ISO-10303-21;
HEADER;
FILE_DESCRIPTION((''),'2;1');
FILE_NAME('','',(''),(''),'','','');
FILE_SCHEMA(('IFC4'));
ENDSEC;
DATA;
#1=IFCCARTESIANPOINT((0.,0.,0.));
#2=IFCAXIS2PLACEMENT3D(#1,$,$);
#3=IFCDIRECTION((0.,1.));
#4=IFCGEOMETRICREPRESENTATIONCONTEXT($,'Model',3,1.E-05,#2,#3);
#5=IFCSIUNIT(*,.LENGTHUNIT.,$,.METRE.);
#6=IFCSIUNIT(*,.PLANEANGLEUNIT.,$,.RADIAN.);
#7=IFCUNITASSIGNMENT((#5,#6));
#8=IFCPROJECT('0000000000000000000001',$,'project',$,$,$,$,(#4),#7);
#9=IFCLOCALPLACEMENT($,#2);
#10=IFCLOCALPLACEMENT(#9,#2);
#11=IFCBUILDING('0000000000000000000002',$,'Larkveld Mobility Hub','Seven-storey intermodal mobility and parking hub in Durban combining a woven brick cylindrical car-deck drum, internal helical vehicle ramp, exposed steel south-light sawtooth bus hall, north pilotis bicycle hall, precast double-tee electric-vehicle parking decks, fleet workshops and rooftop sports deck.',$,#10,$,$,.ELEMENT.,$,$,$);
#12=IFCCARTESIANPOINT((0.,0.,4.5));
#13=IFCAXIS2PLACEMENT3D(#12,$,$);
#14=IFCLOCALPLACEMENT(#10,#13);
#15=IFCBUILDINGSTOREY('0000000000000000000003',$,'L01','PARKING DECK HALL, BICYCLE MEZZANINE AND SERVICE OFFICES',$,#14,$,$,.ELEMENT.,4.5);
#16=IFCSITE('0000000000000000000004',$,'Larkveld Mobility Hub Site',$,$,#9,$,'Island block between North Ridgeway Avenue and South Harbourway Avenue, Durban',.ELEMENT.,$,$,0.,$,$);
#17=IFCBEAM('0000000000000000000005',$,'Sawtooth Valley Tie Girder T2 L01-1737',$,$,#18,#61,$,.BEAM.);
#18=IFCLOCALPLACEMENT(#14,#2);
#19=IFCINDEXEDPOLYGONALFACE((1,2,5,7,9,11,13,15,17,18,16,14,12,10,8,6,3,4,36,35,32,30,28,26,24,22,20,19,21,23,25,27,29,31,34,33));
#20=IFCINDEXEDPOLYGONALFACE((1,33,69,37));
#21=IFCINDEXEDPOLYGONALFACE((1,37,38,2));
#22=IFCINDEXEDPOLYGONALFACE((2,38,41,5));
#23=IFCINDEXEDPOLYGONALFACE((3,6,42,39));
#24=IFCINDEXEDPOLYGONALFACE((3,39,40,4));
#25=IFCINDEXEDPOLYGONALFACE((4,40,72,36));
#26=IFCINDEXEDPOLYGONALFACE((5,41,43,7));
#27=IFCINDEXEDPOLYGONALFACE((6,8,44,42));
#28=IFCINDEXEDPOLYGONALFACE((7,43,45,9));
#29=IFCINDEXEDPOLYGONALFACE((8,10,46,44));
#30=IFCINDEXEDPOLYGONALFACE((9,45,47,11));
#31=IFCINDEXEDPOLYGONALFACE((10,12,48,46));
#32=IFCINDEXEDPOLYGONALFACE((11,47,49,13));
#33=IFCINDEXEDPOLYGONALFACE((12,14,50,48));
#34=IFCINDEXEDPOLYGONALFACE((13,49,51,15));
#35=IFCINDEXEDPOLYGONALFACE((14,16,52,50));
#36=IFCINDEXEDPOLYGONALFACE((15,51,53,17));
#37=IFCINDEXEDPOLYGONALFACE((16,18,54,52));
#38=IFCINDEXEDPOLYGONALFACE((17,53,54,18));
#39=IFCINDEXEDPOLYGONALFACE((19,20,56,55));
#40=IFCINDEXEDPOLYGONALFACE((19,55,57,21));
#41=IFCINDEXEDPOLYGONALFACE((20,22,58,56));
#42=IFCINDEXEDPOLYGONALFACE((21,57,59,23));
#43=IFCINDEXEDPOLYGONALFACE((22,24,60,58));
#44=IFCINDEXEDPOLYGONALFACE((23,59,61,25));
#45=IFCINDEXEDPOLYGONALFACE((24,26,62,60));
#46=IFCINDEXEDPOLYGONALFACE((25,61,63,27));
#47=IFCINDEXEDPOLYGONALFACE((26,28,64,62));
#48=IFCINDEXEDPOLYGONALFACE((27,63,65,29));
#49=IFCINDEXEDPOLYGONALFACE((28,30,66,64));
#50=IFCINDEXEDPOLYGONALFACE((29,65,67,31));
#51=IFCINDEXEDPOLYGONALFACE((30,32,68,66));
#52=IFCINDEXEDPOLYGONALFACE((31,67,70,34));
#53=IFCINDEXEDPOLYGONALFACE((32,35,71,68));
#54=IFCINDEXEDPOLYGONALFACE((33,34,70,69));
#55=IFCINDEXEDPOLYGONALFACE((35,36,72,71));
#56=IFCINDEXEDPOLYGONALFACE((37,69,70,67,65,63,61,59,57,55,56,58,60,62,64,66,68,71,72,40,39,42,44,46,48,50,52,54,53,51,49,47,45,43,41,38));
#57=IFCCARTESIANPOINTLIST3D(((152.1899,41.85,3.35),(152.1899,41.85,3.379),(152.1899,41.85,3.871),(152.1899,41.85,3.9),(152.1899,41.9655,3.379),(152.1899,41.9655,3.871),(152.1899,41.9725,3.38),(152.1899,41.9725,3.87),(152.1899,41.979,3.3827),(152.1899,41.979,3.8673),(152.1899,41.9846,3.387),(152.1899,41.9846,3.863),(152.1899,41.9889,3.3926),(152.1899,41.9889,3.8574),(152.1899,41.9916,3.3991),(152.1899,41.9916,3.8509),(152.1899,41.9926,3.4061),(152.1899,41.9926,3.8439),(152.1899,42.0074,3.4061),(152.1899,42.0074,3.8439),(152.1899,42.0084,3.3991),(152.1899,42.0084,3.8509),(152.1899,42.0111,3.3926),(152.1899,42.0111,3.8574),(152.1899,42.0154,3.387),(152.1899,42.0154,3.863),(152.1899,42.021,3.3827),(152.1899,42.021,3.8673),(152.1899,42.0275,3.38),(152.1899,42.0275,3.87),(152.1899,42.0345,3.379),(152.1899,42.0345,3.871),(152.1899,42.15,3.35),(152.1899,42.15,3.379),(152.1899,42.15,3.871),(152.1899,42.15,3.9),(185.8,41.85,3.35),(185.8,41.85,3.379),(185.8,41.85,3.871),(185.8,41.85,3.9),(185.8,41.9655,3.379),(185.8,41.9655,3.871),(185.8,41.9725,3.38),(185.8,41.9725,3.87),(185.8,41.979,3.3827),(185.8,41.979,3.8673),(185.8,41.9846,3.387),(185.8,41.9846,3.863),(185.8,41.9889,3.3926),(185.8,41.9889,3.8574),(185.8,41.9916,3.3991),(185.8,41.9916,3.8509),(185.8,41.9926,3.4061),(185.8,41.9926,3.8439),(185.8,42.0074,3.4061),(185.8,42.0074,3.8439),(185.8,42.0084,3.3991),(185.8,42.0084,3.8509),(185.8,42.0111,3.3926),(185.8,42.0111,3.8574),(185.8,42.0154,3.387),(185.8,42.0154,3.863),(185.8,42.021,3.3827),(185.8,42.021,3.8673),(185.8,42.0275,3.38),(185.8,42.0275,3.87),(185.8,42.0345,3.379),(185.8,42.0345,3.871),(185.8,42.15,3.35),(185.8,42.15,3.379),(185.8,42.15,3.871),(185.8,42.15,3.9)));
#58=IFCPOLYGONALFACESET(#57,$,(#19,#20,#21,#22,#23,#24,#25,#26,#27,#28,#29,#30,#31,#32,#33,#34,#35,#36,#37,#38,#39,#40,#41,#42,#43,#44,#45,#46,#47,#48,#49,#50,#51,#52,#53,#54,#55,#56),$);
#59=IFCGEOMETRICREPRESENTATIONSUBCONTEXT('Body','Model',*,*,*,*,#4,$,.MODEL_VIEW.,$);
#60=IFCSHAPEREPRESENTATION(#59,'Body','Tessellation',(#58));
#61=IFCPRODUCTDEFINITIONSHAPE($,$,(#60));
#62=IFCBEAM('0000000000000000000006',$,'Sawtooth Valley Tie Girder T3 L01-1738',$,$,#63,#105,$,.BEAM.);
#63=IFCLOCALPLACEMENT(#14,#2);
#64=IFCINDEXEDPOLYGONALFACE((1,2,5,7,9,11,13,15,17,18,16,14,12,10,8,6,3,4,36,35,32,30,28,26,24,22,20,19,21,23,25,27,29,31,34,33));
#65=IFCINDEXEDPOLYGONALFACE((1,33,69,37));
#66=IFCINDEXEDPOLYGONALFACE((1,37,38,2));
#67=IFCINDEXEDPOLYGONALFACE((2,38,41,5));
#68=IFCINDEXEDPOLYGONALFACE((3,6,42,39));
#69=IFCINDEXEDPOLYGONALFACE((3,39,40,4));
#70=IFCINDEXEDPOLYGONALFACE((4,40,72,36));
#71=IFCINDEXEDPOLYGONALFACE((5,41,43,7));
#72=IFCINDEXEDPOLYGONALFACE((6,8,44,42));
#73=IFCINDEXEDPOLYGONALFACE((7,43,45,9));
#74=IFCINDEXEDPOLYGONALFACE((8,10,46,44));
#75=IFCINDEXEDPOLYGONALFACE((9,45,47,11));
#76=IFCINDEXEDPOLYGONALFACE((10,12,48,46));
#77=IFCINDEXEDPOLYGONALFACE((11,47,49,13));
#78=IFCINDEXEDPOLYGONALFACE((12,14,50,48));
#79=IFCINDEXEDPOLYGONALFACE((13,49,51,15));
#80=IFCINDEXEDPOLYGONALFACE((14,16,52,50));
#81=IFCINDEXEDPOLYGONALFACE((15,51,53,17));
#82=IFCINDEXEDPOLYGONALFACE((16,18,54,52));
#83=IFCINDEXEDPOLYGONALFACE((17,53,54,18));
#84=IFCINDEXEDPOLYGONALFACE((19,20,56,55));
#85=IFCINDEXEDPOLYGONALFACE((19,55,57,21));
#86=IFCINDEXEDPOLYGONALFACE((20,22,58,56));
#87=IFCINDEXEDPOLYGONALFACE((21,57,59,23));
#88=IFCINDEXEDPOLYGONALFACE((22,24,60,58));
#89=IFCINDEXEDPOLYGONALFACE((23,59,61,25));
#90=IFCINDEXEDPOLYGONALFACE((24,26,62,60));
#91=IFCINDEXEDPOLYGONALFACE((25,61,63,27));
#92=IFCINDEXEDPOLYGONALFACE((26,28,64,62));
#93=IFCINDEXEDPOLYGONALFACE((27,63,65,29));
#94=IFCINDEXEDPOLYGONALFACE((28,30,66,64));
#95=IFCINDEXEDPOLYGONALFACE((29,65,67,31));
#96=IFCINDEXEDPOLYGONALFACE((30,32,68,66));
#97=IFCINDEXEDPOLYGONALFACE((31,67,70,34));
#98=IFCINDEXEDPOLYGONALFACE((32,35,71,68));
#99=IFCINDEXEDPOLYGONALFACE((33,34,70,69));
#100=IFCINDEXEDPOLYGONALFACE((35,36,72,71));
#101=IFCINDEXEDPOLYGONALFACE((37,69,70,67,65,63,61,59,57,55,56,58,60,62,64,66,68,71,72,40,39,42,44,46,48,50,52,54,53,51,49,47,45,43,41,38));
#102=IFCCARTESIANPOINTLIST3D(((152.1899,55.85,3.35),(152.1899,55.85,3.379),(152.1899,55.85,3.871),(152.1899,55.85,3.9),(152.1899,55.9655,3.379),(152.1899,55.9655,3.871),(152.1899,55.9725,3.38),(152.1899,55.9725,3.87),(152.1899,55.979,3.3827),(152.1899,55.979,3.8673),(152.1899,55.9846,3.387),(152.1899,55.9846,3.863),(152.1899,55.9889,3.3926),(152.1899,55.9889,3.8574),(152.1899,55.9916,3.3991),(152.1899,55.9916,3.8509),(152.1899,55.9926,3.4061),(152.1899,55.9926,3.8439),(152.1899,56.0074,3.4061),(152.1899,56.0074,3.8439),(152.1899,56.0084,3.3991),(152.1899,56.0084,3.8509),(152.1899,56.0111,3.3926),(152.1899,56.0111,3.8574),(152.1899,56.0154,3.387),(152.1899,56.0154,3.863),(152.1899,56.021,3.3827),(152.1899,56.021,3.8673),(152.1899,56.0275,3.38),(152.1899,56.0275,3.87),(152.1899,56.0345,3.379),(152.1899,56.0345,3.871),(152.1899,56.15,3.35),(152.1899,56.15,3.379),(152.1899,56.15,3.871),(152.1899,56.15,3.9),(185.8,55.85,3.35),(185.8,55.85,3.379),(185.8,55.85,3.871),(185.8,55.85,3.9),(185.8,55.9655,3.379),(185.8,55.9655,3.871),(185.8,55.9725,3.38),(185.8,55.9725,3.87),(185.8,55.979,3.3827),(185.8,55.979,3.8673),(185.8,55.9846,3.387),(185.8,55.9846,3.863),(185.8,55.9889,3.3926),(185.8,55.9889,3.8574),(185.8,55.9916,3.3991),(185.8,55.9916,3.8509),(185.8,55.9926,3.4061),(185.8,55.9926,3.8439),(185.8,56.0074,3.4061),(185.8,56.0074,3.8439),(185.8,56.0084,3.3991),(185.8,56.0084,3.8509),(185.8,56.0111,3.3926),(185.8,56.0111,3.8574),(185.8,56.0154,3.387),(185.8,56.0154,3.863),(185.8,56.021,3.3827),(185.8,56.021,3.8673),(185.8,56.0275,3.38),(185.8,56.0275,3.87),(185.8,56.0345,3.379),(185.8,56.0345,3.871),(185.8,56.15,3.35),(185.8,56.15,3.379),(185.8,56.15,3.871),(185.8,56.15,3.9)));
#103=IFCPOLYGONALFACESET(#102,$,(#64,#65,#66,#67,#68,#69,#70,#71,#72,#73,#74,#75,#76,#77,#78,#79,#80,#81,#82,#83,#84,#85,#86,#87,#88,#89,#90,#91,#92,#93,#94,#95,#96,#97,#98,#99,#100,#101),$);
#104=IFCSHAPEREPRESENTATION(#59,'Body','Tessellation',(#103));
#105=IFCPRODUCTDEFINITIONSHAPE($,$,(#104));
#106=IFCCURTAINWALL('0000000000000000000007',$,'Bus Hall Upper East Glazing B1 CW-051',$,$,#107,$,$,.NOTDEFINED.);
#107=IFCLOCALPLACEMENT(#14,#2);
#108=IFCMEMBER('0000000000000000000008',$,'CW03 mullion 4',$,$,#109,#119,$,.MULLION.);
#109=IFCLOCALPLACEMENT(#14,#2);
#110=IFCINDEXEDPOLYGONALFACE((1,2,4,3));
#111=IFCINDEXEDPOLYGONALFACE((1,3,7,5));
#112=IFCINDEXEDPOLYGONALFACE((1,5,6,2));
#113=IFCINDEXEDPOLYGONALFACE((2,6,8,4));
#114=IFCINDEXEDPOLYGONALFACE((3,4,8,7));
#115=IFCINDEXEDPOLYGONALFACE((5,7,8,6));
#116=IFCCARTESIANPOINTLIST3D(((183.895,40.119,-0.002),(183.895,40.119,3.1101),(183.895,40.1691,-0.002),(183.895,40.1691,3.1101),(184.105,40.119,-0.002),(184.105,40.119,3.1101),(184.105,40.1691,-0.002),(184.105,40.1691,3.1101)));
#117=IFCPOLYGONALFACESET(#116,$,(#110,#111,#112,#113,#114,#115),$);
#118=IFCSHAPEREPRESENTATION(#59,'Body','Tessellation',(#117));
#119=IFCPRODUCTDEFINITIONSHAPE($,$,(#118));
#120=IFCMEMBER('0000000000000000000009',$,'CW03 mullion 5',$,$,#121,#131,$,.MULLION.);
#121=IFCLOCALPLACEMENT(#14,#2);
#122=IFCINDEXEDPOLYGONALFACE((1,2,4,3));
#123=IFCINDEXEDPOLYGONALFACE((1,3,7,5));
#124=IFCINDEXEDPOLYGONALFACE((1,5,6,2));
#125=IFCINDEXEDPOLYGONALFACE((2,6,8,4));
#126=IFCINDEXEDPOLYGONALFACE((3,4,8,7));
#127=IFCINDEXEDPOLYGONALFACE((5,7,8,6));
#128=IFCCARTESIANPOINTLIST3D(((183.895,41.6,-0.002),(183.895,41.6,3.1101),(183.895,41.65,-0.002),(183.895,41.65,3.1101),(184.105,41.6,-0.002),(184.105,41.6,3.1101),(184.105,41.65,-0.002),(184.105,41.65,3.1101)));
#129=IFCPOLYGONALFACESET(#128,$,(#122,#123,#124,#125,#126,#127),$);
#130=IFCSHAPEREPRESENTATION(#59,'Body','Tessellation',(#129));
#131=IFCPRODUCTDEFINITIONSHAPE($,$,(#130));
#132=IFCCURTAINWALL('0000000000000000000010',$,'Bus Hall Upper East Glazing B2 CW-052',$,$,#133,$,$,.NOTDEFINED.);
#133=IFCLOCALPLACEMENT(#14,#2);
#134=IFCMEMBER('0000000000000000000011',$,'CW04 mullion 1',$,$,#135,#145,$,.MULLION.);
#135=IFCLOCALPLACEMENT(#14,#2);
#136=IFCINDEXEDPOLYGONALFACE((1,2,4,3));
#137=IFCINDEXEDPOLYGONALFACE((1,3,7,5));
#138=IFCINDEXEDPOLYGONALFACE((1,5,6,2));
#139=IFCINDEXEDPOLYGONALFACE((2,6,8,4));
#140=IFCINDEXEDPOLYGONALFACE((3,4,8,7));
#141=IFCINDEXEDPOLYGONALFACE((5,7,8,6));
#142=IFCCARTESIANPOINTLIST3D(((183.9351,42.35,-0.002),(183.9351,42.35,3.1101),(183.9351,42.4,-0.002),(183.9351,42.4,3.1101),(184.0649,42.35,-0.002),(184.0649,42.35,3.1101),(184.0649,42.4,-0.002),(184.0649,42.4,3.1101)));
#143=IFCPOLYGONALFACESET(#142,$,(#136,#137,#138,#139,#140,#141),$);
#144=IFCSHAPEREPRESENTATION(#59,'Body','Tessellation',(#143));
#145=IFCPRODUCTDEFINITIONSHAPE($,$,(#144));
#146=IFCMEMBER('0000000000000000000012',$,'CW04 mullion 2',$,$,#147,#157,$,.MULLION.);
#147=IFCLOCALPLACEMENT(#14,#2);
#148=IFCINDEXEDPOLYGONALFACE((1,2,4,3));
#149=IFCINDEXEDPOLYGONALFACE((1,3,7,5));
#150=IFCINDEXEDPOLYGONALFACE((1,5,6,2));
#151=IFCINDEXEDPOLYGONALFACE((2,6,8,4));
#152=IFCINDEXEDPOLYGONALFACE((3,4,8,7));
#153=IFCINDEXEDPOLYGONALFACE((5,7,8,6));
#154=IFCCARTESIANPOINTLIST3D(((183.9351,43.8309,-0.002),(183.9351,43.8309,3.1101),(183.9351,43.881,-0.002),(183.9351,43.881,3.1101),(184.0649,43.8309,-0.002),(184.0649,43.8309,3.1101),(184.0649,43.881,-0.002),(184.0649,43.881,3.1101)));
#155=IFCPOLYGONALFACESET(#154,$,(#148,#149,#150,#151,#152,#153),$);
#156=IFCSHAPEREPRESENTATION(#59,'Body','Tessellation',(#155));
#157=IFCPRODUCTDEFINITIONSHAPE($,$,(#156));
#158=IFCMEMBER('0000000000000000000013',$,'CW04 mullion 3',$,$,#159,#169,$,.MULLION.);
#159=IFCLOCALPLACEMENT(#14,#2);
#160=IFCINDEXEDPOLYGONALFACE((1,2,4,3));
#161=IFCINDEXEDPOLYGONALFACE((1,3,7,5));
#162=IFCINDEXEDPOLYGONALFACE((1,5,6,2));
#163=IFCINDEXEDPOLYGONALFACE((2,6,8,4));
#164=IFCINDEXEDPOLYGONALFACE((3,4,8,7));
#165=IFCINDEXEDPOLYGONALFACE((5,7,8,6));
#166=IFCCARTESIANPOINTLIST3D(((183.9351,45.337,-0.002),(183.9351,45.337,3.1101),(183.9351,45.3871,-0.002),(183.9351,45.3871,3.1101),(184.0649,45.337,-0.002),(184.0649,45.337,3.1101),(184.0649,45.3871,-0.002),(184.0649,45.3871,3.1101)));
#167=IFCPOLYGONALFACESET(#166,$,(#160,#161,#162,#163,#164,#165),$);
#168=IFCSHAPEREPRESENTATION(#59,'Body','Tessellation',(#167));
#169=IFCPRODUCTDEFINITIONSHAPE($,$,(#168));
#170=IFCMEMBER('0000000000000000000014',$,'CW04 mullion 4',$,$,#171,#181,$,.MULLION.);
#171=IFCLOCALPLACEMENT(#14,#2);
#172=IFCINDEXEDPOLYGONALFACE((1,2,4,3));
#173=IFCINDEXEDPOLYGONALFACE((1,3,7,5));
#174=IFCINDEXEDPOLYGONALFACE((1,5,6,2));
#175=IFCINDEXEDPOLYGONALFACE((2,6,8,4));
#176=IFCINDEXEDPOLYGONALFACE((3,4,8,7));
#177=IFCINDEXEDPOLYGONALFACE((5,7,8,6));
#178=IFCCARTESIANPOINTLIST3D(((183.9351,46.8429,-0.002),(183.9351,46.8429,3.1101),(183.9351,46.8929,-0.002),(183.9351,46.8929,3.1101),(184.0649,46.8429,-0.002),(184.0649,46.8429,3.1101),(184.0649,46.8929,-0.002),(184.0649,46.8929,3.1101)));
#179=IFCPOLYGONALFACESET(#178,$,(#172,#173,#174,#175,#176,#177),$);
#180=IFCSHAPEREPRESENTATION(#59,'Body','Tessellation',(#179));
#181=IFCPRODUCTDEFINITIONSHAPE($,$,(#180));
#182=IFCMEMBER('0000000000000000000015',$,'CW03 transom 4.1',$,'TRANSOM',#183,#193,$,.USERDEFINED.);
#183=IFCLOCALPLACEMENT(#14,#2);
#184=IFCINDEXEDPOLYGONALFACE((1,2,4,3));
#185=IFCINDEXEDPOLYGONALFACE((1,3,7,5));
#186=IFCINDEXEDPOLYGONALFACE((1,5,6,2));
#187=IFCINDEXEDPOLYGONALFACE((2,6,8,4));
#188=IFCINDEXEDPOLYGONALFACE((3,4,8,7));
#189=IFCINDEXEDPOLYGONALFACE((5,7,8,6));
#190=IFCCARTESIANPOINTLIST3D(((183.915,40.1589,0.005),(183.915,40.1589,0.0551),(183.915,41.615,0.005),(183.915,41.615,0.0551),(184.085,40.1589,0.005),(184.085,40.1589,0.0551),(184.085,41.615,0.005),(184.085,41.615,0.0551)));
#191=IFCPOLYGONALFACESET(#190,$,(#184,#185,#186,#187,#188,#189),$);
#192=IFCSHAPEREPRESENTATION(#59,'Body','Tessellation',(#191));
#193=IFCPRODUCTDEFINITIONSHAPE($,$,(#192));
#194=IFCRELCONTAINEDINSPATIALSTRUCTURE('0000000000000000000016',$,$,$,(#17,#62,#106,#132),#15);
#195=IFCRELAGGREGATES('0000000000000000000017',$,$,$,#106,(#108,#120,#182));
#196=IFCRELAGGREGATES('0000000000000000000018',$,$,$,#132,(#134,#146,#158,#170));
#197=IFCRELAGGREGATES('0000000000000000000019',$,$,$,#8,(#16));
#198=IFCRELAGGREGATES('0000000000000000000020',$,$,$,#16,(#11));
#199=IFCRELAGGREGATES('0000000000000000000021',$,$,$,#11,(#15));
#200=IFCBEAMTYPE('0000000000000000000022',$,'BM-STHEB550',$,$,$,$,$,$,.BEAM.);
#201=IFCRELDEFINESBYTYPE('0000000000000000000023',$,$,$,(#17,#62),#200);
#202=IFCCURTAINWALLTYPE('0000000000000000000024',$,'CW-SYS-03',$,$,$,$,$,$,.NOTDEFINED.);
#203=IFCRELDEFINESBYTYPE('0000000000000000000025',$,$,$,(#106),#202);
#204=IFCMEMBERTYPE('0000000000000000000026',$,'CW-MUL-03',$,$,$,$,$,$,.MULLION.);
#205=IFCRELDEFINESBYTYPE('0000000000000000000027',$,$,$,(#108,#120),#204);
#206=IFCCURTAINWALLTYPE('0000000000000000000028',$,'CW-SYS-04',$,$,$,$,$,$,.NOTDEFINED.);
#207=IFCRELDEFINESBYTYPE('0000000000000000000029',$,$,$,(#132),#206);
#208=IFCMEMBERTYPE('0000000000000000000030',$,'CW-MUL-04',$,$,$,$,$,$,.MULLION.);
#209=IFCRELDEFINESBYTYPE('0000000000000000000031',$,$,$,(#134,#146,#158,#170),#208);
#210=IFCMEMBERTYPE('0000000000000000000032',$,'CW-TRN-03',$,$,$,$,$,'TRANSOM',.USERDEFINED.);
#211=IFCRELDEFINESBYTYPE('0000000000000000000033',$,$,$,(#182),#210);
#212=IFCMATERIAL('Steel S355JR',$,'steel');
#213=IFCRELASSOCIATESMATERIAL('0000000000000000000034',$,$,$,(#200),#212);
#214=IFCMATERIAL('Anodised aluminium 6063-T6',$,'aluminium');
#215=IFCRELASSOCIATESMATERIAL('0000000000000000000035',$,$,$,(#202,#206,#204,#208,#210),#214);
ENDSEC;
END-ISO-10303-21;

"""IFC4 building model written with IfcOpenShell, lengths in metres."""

from ifc_helpers import new_model, si_unit, direction, frame, origin, origin_2d, place, context, subcontext, project, spatial, rectangle, i_section, extrude, material, material_profile, profile_set, type_object, element, aggregate, save


model = new_model("IFC4")

# Units and contexts
model_context = context("Model", 3, precision=1e-05, world=origin(), true_north=direction((0.0, 1.0)))
body_context = subcontext(model_context, "Body", "Model", "MODEL_VIEW")
ifc_project = project(units=[si_unit("LENGTHUNIT", "METRE"), si_unit("PLANEANGLEUNIT", "RADIAN")], contexts=[model_context])

# Site, building, storey
site_placement = place(None, origin())
site = spatial("IfcSite", under=ifc_project, at=site_placement, Name="Larkveld Mobility Hub Site", LongName="Island block between North Ridgeway Avenue and South Harbourway Avenue, Durban", CompositionType="ELEMENT", RefElevation=0.0)
building_placement = place(site_placement, origin())
building = spatial("IfcBuilding", under=site, at=building_placement, Name="Larkveld Mobility Hub", Description="Seven-storey intermodal mobility and parking hub in Durban combining a woven brick cylindrical car-deck drum, internal helical vehicle ramp, exposed steel south-light sawtooth bus hall, north pilotis bicycle hall, precast double-tee electric-vehicle parking decks, fleet workshops and rooftop sports deck.", CompositionType="ELEMENT")
storey_placement = place(building_placement, frame((0.0, 0.0, 4.5)))
storey = spatial("IfcBuildingStorey", under=building, at=storey_placement, Name="L01", Description="PARKING DECK HALL, BICYCLE MEZZANINE AND SERVICE OFFICES", CompositionType="ELEMENT", Elevation=4.5)

# Shared definitions
ifc_material_1 = material(Name="Steel S355JR", Category="steel")

# Beams
ifc_material_profile_1 = material_profile(ifc_material_1, i_section(OverallWidth=0.3, OverallDepth=0.55, WebThickness=0.0149, FlangeThickness=0.0291, FilletRadius=0.0271, at=origin_2d()), Name="HEB 550")
ifc_profile_set_1 = profile_set([ifc_material_profile_1], Name="Steel S355JR")
beam_type = type_object("IfcBeamType", Name="BM-STHEB550", PredefinedType="BEAM", material=ifc_profile_set_1)
for number, where, z_axis, x_axis, name in (
    (1, (152.1899, 42.0, 3.625), (1.0, 0.0, 0.0), (0.0, 1.0, 0.0), "Sawtooth Valley Tie Girder T2 L01-1737"),
    (2, (152.1899, 56.0, 3.625), (1.0, 0.0, 0.0), (0.0, 1.0, 0.0), "Sawtooth Valley Tie Girder T3 L01-1738"),
):
    element("IfcBeam", number, at=place(storey_placement, frame(where, z_axis=z_axis, x_axis=x_axis)), inside=storey, type_object=beam_type, Name=name, PredefinedType="BEAM", context=body_context, shape_type="SweptSolid", body=[
        extrude(i_section(OverallWidth=0.3, OverallDepth=0.55, WebThickness=0.0149, FlangeThickness=0.0291, FilletRadius=0.0271, at=origin_2d()), origin(), (0.0, 0.0, 1.0), 33.6101),
    ])

# Curtain walls, members
ifc_material_2 = material(Name="Anodised aluminium 6063-T6", Category="aluminium")
curtain_wall_type_1 = type_object("IfcCurtainWallType", Name="CW-SYS-03", PredefinedType="NOTDEFINED", material=ifc_material_2)
curtain_wall_1_placement = place(storey_placement, origin())
curtain_wall_1 = element("IfcCurtainWall", 3, at=curtain_wall_1_placement, inside=storey, type_object=curtain_wall_type_1, Name="Bus Hall Upper East Glazing B1 CW-051", PredefinedType="NOTDEFINED")
ifc_material_profile_2 = material_profile(ifc_material_2, rectangle(XDim=0.05, YDim=0.21, at=origin_2d()), Name="ALU MULL 50x210")
ifc_profile_set_2 = profile_set([ifc_material_profile_2], Name="Anodised aluminium 6063-T6")
member_type_1 = type_object("IfcMemberType", Name="CW-MUL-03", PredefinedType="MULLION", material=ifc_profile_set_2)
member_1_placement = place(storey_placement, frame((184.0, 40.144, -0.002), z_axis=(0.0, 0.0, 1.0), x_axis=(0.0, 1.0, 0.0)))
member_1 = element("IfcMember", 4, at=member_1_placement, type_object=member_type_1, Name="CW03 mullion 4", PredefinedType="MULLION", context=body_context, shape_type="SweptSolid", body=[
    extrude(rectangle(XDim=0.05, YDim=0.21, at=origin_2d()), origin(), (0.0, 0.0, 1.0), 3.1121),
])
member_2_placement = place(storey_placement, frame((184.0, 41.625, -0.002), z_axis=(0.0, 0.0, 1.0), x_axis=(0.0, 1.0, 0.0)))
member_2 = element("IfcMember", 5, at=member_2_placement, type_object=member_type_1, Name="CW03 mullion 5", PredefinedType="MULLION", context=body_context, shape_type="SweptSolid", body=[
    extrude(rectangle(XDim=0.05, YDim=0.21, at=origin_2d()), origin(), (0.0, 0.0, 1.0), 3.1121),
])
curtain_wall_type_2 = type_object("IfcCurtainWallType", Name="CW-SYS-04", PredefinedType="NOTDEFINED", material=ifc_material_2)
curtain_wall_2_placement = place(storey_placement, origin())
curtain_wall_2 = element("IfcCurtainWall", 6, at=curtain_wall_2_placement, inside=storey, type_object=curtain_wall_type_2, Name="Bus Hall Upper East Glazing B2 CW-052", PredefinedType="NOTDEFINED")
ifc_material_profile_3 = material_profile(ifc_material_2, rectangle(XDim=0.05, YDim=0.1299, at=origin_2d()), Name="ALU MULL 50x130")
ifc_profile_set_3 = profile_set([ifc_material_profile_3], Name="Anodised aluminium 6063-T6")
member_type_2 = type_object("IfcMemberType", Name="CW-MUL-04", PredefinedType="MULLION", material=ifc_profile_set_3)
member_3_placement = place(storey_placement, frame((184.0, 42.375, -0.002), z_axis=(0.0, 0.0, 1.0), x_axis=(0.0, 1.0, 0.0)))
member_3 = element("IfcMember", 7, at=member_3_placement, type_object=member_type_2, Name="CW04 mullion 1", PredefinedType="MULLION", context=body_context, shape_type="SweptSolid", body=[
    extrude(rectangle(XDim=0.05, YDim=0.1299, at=origin_2d()), origin(), (0.0, 0.0, 1.0), 3.1121),
])
member_4_placement = place(storey_placement, frame((184.0, 43.856, -0.002), z_axis=(0.0, 0.0, 1.0), x_axis=(0.0, 1.0, 0.0)))
member_4 = element("IfcMember", 8, at=member_4_placement, type_object=member_type_2, Name="CW04 mullion 2", PredefinedType="MULLION", context=body_context, shape_type="SweptSolid", body=[
    extrude(rectangle(XDim=0.05, YDim=0.1299, at=origin_2d()), origin(), (0.0, 0.0, 1.0), 3.1121),
])
member_5_placement = place(storey_placement, frame((184.0, 45.3621, -0.002), z_axis=(0.0, 0.0, 1.0), x_axis=(0.0, 1.0, 0.0)))
member_5 = element("IfcMember", 9, at=member_5_placement, type_object=member_type_2, Name="CW04 mullion 3", PredefinedType="MULLION", context=body_context, shape_type="SweptSolid", body=[
    extrude(rectangle(XDim=0.05, YDim=0.1299, at=origin_2d()), origin(), (0.0, 0.0, 1.0), 3.1121),
])
member_6_placement = place(storey_placement, frame((184.0, 46.8679, -0.002), z_axis=(0.0, 0.0, 1.0), x_axis=(0.0, 1.0, 0.0)))
member_6 = element("IfcMember", 10, at=member_6_placement, type_object=member_type_2, Name="CW04 mullion 4", PredefinedType="MULLION", context=body_context, shape_type="SweptSolid", body=[
    extrude(rectangle(XDim=0.05, YDim=0.1299, at=origin_2d()), origin(), (0.0, 0.0, 1.0), 3.1121),
])

# Member
ifc_material_profile_4 = material_profile(ifc_material_2, rectangle(XDim=0.1699, YDim=0.05, at=origin_2d()), Name="ALU TRAN 50x170")
ifc_profile_set_4 = profile_set([ifc_material_profile_4], Name="Anodised aluminium 6063-T6")
member_type_3 = type_object("IfcMemberType", Name="CW-TRN-03", ElementType="TRANSOM", PredefinedType="USERDEFINED", material=ifc_profile_set_4)
member_7_placement = place(storey_placement, frame((184.0, 40.1589, 0.03), z_axis=(0.0, 1.0, 0.0), x_axis=(-1.0, 0.0, 0.0)))
member_7 = element("IfcMember", 11, at=member_7_placement, type_object=member_type_3, Name="CW03 transom 4.1", ObjectType="TRANSOM", PredefinedType="USERDEFINED", context=body_context, shape_type="SweptSolid", body=[
    extrude(rectangle(XDim=0.1699, YDim=0.05, at=origin_2d()), origin(), (0.0, 0.0, 1.0), 1.4561),
])

aggregate(curtain_wall_1, [member_1, member_2, member_7])
aggregate(curtain_wall_2, [member_3, member_4, member_5, member_6])

save(model, "model.ifc")
